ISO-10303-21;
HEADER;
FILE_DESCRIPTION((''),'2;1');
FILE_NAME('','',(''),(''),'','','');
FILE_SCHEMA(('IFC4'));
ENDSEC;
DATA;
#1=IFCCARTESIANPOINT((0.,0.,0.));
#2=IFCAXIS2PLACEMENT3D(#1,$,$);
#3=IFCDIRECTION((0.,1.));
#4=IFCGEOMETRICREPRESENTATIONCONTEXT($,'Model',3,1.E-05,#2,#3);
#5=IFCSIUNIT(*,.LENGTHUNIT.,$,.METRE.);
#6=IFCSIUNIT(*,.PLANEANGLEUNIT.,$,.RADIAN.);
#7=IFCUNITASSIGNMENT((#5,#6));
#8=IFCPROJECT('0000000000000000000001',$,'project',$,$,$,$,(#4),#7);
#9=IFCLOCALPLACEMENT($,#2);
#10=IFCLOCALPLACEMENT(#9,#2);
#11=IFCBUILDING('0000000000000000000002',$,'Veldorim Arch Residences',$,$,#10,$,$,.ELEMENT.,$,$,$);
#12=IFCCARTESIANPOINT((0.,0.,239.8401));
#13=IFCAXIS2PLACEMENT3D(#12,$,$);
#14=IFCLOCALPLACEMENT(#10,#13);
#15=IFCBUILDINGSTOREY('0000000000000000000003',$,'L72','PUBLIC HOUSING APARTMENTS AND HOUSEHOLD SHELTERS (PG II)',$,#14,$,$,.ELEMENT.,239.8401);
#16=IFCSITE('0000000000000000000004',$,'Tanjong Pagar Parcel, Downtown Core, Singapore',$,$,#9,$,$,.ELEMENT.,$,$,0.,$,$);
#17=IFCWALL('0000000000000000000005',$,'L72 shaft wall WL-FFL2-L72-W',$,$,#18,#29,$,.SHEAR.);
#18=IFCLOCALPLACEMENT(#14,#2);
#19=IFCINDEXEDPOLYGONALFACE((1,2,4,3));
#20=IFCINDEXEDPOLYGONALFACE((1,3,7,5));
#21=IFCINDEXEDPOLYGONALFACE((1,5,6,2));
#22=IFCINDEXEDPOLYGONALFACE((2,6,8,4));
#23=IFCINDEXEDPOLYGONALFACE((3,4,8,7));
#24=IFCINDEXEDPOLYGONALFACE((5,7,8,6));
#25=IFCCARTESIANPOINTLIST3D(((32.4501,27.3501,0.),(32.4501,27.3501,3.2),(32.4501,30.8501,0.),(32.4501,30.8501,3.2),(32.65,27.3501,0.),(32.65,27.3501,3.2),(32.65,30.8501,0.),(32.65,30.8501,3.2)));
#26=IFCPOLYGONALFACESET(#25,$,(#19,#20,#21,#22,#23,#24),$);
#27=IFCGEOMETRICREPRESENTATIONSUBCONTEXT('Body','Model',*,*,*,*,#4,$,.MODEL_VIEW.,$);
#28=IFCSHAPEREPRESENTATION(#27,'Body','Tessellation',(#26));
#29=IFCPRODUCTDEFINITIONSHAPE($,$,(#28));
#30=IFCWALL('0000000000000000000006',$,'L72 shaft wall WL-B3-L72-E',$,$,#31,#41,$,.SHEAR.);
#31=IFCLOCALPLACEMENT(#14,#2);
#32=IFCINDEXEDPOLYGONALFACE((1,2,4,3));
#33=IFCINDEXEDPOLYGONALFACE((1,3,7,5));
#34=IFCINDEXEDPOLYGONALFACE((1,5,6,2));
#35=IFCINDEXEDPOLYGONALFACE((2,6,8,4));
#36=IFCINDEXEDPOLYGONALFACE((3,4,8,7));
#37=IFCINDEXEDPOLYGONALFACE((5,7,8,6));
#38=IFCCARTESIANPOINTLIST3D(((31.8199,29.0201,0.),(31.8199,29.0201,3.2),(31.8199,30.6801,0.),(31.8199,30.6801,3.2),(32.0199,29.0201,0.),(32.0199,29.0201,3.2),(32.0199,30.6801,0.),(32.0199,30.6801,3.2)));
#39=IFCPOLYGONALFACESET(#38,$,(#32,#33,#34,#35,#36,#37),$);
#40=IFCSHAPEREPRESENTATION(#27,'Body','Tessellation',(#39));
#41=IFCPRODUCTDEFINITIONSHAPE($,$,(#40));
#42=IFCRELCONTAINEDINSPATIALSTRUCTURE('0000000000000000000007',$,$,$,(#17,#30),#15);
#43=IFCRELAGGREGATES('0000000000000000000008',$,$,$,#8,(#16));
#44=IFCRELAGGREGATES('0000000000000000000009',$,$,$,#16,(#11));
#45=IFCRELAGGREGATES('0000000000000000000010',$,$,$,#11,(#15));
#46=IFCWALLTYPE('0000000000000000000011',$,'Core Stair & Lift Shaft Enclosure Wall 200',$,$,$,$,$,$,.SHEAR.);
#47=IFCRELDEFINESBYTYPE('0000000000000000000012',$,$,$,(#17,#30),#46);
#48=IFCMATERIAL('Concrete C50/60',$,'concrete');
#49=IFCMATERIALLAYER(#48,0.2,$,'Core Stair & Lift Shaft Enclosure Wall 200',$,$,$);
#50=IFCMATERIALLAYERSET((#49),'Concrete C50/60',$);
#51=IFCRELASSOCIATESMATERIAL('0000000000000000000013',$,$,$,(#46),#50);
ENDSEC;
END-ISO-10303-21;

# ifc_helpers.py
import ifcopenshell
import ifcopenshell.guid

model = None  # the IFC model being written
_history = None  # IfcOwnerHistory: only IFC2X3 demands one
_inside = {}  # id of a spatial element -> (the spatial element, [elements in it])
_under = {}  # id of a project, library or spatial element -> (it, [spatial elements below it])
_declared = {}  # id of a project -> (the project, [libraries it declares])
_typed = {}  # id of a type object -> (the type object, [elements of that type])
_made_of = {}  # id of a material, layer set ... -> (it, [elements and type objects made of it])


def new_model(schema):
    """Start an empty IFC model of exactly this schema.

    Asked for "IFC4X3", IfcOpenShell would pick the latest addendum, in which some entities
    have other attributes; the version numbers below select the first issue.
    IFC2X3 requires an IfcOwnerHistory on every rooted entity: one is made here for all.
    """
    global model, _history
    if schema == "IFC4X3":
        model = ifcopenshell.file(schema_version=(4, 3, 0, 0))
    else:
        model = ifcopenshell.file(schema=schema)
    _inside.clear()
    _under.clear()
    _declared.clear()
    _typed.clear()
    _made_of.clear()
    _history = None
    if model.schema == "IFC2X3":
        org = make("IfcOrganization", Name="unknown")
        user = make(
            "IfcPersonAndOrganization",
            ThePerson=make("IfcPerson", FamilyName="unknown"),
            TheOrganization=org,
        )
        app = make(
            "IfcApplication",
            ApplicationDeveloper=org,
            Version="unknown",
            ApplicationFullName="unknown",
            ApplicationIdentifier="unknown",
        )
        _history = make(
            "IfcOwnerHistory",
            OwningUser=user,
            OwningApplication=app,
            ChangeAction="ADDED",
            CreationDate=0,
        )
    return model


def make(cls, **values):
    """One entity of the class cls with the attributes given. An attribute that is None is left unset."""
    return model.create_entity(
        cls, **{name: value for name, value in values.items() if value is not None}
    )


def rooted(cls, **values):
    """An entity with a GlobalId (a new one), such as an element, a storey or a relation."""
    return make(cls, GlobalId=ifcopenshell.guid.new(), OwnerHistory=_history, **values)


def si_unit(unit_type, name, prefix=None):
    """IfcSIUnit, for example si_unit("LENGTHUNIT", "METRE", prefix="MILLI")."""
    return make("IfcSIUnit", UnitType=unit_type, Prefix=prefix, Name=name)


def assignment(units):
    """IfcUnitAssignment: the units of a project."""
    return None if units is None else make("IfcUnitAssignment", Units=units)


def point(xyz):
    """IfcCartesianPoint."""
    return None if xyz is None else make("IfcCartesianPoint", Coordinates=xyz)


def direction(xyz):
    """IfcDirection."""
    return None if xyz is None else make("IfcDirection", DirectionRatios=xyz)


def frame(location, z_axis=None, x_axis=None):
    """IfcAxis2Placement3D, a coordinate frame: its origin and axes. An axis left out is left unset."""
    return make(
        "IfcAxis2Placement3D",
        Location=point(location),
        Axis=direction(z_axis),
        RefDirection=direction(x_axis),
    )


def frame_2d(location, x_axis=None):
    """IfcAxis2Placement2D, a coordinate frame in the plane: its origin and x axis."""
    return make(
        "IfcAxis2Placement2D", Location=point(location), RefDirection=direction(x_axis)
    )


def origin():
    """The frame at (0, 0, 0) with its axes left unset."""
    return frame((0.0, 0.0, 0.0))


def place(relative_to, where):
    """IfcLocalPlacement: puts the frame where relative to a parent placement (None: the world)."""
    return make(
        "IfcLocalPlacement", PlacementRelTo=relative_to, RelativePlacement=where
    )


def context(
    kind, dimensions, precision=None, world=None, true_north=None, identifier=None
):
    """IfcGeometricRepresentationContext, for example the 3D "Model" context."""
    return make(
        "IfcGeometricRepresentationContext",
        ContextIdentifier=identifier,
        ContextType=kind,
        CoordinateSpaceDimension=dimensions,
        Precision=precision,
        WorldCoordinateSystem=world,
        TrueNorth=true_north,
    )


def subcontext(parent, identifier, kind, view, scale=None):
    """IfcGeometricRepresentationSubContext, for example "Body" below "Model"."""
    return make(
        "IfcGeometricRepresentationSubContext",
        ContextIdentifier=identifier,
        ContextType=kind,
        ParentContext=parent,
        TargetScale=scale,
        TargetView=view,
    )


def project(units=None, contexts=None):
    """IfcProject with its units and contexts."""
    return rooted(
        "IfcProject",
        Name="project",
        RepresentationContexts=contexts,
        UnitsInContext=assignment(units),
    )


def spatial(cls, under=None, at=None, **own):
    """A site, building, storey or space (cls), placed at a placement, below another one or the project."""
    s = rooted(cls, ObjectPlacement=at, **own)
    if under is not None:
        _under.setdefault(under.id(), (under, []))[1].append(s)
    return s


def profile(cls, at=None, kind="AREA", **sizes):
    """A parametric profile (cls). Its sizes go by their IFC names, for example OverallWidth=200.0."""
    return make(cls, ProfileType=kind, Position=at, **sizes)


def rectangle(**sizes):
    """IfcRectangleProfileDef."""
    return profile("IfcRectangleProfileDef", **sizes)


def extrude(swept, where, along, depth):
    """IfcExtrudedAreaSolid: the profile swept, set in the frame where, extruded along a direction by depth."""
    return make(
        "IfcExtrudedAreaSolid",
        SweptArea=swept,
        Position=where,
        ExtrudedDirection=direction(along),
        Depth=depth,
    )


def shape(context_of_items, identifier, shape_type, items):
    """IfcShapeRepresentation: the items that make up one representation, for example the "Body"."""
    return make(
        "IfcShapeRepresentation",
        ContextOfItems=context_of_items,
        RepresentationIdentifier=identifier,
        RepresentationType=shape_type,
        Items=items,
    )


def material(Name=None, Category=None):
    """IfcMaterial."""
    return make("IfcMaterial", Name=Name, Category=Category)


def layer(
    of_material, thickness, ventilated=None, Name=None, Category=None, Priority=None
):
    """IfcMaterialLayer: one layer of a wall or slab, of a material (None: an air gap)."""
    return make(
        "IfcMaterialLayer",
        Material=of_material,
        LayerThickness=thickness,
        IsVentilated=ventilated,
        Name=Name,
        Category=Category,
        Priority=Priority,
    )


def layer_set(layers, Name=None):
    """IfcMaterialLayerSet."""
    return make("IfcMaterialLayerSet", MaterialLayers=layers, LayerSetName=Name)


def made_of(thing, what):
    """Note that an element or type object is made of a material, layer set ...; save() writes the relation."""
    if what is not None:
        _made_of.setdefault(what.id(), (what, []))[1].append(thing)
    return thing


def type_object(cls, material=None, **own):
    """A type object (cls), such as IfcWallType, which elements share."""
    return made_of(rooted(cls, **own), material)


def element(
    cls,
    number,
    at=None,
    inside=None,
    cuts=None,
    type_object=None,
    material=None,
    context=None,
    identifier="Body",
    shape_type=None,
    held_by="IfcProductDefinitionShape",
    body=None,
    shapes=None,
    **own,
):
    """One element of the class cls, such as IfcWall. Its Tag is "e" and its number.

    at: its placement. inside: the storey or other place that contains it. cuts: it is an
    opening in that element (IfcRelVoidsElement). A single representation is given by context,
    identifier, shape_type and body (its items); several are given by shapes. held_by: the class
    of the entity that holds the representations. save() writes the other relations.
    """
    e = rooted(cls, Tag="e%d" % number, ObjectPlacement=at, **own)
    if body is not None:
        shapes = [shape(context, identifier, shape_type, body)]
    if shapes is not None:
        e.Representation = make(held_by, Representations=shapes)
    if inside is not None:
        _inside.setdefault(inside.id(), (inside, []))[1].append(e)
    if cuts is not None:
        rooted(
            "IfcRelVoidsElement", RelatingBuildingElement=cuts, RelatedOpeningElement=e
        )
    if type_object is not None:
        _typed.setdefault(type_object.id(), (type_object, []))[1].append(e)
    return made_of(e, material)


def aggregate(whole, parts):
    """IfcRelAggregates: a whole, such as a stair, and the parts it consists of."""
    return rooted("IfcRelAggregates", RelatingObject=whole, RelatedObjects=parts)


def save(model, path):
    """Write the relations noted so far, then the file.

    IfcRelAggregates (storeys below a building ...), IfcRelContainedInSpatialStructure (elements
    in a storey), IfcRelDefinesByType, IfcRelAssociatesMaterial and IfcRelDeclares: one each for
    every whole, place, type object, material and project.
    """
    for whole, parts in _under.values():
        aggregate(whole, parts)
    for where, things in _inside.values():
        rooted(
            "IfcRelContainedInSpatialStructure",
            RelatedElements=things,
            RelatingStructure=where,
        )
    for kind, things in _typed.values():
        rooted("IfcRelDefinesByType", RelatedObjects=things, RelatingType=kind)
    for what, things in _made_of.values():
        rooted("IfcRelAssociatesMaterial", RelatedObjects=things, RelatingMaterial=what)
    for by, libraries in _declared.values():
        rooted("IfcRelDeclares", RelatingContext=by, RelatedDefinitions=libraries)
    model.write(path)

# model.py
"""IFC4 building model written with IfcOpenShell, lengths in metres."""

from ifc_helpers import new_model, si_unit, direction, frame, frame_2d, origin, place, context, subcontext, project, spatial, rectangle, extrude, material, layer, layer_set, type_object, element, save


model = new_model("IFC4")

# Units and contexts
model_context = context("Model", 3, precision=1e-05, world=origin(), true_north=direction((0.0, 1.0)))
body_context = subcontext(model_context, "Body", "Model", "MODEL_VIEW")
ifc_project = project(units=[si_unit("LENGTHUNIT", "METRE"), si_unit("PLANEANGLEUNIT", "RADIAN")], contexts=[model_context])

# Site, building, storey
site_placement = place(None, origin())
site = spatial("IfcSite", under=ifc_project, at=site_placement, Name="Tanjong Pagar Parcel, Downtown Core, Singapore", CompositionType="ELEMENT", RefElevation=0.0)
building_placement = place(site_placement, origin())
building = spatial("IfcBuilding", under=site, at=building_placement, Name="Veldorim Arch Residences", CompositionType="ELEMENT")
storey_placement = place(building_placement, frame((0.0, 0.0, 239.8401)))
storey = spatial("IfcBuildingStorey", under=building, at=storey_placement, Name="L72", Description="PUBLIC HOUSING APARTMENTS AND HOUSEHOLD SHELTERS (PG II)", CompositionType="ELEMENT", Elevation=239.8401)

# Shared definitions
ifc_material_1 = material(Name="Concrete C50/60", Category="concrete")
ifc_layer_1 = layer(ifc_material_1, 0.2, Name="Core Stair & Lift Shaft Enclosure Wall 200")
ifc_layer_set_1 = layer_set([ifc_layer_1], Name="Concrete C50/60")
wall_type_1 = type_object("IfcWallType", Name="Core Stair & Lift Shaft Enclosure Wall 200", PredefinedType="SHEAR", material=ifc_layer_set_1)

# Wall
wall_1_placement = place(storey_placement, frame((32.55, 27.3501, 0.0), z_axis=(0.0, 0.0, 1.0), x_axis=(0.0, 1.0, 0.0)))
element("IfcWall", 1, at=wall_1_placement, inside=storey, type_object=wall_type_1, Name="L72 shaft wall WL-FFL2-L72-W", PredefinedType="SHEAR", context=body_context, shape_type="SweptSolid", body=[
    extrude(rectangle(XDim=3.5, YDim=0.2, at=frame_2d((1.75, 0.0))), origin(), (0.0, 0.0, 1.0), 3.2),
])

# Wall
wall_2_placement = place(storey_placement, frame((31.9199, 29.02, 0.0), z_axis=(0.0, 0.0, 1.0), x_axis=(0.0, 1.0, 0.0)))
element("IfcWall", 2, at=wall_2_placement, inside=storey, type_object=wall_type_1, Name="L72 shaft wall WL-B3-L72-E", PredefinedType="SHEAR", context=body_context, shape_type="SweptSolid", body=[
    extrude(rectangle(XDim=1.6599, YDim=0.2, at=frame_2d((0.8301, 0.0))), origin(), (0.0, 0.0, 1.0), 3.2),
])

save(model, "model.ifc")
